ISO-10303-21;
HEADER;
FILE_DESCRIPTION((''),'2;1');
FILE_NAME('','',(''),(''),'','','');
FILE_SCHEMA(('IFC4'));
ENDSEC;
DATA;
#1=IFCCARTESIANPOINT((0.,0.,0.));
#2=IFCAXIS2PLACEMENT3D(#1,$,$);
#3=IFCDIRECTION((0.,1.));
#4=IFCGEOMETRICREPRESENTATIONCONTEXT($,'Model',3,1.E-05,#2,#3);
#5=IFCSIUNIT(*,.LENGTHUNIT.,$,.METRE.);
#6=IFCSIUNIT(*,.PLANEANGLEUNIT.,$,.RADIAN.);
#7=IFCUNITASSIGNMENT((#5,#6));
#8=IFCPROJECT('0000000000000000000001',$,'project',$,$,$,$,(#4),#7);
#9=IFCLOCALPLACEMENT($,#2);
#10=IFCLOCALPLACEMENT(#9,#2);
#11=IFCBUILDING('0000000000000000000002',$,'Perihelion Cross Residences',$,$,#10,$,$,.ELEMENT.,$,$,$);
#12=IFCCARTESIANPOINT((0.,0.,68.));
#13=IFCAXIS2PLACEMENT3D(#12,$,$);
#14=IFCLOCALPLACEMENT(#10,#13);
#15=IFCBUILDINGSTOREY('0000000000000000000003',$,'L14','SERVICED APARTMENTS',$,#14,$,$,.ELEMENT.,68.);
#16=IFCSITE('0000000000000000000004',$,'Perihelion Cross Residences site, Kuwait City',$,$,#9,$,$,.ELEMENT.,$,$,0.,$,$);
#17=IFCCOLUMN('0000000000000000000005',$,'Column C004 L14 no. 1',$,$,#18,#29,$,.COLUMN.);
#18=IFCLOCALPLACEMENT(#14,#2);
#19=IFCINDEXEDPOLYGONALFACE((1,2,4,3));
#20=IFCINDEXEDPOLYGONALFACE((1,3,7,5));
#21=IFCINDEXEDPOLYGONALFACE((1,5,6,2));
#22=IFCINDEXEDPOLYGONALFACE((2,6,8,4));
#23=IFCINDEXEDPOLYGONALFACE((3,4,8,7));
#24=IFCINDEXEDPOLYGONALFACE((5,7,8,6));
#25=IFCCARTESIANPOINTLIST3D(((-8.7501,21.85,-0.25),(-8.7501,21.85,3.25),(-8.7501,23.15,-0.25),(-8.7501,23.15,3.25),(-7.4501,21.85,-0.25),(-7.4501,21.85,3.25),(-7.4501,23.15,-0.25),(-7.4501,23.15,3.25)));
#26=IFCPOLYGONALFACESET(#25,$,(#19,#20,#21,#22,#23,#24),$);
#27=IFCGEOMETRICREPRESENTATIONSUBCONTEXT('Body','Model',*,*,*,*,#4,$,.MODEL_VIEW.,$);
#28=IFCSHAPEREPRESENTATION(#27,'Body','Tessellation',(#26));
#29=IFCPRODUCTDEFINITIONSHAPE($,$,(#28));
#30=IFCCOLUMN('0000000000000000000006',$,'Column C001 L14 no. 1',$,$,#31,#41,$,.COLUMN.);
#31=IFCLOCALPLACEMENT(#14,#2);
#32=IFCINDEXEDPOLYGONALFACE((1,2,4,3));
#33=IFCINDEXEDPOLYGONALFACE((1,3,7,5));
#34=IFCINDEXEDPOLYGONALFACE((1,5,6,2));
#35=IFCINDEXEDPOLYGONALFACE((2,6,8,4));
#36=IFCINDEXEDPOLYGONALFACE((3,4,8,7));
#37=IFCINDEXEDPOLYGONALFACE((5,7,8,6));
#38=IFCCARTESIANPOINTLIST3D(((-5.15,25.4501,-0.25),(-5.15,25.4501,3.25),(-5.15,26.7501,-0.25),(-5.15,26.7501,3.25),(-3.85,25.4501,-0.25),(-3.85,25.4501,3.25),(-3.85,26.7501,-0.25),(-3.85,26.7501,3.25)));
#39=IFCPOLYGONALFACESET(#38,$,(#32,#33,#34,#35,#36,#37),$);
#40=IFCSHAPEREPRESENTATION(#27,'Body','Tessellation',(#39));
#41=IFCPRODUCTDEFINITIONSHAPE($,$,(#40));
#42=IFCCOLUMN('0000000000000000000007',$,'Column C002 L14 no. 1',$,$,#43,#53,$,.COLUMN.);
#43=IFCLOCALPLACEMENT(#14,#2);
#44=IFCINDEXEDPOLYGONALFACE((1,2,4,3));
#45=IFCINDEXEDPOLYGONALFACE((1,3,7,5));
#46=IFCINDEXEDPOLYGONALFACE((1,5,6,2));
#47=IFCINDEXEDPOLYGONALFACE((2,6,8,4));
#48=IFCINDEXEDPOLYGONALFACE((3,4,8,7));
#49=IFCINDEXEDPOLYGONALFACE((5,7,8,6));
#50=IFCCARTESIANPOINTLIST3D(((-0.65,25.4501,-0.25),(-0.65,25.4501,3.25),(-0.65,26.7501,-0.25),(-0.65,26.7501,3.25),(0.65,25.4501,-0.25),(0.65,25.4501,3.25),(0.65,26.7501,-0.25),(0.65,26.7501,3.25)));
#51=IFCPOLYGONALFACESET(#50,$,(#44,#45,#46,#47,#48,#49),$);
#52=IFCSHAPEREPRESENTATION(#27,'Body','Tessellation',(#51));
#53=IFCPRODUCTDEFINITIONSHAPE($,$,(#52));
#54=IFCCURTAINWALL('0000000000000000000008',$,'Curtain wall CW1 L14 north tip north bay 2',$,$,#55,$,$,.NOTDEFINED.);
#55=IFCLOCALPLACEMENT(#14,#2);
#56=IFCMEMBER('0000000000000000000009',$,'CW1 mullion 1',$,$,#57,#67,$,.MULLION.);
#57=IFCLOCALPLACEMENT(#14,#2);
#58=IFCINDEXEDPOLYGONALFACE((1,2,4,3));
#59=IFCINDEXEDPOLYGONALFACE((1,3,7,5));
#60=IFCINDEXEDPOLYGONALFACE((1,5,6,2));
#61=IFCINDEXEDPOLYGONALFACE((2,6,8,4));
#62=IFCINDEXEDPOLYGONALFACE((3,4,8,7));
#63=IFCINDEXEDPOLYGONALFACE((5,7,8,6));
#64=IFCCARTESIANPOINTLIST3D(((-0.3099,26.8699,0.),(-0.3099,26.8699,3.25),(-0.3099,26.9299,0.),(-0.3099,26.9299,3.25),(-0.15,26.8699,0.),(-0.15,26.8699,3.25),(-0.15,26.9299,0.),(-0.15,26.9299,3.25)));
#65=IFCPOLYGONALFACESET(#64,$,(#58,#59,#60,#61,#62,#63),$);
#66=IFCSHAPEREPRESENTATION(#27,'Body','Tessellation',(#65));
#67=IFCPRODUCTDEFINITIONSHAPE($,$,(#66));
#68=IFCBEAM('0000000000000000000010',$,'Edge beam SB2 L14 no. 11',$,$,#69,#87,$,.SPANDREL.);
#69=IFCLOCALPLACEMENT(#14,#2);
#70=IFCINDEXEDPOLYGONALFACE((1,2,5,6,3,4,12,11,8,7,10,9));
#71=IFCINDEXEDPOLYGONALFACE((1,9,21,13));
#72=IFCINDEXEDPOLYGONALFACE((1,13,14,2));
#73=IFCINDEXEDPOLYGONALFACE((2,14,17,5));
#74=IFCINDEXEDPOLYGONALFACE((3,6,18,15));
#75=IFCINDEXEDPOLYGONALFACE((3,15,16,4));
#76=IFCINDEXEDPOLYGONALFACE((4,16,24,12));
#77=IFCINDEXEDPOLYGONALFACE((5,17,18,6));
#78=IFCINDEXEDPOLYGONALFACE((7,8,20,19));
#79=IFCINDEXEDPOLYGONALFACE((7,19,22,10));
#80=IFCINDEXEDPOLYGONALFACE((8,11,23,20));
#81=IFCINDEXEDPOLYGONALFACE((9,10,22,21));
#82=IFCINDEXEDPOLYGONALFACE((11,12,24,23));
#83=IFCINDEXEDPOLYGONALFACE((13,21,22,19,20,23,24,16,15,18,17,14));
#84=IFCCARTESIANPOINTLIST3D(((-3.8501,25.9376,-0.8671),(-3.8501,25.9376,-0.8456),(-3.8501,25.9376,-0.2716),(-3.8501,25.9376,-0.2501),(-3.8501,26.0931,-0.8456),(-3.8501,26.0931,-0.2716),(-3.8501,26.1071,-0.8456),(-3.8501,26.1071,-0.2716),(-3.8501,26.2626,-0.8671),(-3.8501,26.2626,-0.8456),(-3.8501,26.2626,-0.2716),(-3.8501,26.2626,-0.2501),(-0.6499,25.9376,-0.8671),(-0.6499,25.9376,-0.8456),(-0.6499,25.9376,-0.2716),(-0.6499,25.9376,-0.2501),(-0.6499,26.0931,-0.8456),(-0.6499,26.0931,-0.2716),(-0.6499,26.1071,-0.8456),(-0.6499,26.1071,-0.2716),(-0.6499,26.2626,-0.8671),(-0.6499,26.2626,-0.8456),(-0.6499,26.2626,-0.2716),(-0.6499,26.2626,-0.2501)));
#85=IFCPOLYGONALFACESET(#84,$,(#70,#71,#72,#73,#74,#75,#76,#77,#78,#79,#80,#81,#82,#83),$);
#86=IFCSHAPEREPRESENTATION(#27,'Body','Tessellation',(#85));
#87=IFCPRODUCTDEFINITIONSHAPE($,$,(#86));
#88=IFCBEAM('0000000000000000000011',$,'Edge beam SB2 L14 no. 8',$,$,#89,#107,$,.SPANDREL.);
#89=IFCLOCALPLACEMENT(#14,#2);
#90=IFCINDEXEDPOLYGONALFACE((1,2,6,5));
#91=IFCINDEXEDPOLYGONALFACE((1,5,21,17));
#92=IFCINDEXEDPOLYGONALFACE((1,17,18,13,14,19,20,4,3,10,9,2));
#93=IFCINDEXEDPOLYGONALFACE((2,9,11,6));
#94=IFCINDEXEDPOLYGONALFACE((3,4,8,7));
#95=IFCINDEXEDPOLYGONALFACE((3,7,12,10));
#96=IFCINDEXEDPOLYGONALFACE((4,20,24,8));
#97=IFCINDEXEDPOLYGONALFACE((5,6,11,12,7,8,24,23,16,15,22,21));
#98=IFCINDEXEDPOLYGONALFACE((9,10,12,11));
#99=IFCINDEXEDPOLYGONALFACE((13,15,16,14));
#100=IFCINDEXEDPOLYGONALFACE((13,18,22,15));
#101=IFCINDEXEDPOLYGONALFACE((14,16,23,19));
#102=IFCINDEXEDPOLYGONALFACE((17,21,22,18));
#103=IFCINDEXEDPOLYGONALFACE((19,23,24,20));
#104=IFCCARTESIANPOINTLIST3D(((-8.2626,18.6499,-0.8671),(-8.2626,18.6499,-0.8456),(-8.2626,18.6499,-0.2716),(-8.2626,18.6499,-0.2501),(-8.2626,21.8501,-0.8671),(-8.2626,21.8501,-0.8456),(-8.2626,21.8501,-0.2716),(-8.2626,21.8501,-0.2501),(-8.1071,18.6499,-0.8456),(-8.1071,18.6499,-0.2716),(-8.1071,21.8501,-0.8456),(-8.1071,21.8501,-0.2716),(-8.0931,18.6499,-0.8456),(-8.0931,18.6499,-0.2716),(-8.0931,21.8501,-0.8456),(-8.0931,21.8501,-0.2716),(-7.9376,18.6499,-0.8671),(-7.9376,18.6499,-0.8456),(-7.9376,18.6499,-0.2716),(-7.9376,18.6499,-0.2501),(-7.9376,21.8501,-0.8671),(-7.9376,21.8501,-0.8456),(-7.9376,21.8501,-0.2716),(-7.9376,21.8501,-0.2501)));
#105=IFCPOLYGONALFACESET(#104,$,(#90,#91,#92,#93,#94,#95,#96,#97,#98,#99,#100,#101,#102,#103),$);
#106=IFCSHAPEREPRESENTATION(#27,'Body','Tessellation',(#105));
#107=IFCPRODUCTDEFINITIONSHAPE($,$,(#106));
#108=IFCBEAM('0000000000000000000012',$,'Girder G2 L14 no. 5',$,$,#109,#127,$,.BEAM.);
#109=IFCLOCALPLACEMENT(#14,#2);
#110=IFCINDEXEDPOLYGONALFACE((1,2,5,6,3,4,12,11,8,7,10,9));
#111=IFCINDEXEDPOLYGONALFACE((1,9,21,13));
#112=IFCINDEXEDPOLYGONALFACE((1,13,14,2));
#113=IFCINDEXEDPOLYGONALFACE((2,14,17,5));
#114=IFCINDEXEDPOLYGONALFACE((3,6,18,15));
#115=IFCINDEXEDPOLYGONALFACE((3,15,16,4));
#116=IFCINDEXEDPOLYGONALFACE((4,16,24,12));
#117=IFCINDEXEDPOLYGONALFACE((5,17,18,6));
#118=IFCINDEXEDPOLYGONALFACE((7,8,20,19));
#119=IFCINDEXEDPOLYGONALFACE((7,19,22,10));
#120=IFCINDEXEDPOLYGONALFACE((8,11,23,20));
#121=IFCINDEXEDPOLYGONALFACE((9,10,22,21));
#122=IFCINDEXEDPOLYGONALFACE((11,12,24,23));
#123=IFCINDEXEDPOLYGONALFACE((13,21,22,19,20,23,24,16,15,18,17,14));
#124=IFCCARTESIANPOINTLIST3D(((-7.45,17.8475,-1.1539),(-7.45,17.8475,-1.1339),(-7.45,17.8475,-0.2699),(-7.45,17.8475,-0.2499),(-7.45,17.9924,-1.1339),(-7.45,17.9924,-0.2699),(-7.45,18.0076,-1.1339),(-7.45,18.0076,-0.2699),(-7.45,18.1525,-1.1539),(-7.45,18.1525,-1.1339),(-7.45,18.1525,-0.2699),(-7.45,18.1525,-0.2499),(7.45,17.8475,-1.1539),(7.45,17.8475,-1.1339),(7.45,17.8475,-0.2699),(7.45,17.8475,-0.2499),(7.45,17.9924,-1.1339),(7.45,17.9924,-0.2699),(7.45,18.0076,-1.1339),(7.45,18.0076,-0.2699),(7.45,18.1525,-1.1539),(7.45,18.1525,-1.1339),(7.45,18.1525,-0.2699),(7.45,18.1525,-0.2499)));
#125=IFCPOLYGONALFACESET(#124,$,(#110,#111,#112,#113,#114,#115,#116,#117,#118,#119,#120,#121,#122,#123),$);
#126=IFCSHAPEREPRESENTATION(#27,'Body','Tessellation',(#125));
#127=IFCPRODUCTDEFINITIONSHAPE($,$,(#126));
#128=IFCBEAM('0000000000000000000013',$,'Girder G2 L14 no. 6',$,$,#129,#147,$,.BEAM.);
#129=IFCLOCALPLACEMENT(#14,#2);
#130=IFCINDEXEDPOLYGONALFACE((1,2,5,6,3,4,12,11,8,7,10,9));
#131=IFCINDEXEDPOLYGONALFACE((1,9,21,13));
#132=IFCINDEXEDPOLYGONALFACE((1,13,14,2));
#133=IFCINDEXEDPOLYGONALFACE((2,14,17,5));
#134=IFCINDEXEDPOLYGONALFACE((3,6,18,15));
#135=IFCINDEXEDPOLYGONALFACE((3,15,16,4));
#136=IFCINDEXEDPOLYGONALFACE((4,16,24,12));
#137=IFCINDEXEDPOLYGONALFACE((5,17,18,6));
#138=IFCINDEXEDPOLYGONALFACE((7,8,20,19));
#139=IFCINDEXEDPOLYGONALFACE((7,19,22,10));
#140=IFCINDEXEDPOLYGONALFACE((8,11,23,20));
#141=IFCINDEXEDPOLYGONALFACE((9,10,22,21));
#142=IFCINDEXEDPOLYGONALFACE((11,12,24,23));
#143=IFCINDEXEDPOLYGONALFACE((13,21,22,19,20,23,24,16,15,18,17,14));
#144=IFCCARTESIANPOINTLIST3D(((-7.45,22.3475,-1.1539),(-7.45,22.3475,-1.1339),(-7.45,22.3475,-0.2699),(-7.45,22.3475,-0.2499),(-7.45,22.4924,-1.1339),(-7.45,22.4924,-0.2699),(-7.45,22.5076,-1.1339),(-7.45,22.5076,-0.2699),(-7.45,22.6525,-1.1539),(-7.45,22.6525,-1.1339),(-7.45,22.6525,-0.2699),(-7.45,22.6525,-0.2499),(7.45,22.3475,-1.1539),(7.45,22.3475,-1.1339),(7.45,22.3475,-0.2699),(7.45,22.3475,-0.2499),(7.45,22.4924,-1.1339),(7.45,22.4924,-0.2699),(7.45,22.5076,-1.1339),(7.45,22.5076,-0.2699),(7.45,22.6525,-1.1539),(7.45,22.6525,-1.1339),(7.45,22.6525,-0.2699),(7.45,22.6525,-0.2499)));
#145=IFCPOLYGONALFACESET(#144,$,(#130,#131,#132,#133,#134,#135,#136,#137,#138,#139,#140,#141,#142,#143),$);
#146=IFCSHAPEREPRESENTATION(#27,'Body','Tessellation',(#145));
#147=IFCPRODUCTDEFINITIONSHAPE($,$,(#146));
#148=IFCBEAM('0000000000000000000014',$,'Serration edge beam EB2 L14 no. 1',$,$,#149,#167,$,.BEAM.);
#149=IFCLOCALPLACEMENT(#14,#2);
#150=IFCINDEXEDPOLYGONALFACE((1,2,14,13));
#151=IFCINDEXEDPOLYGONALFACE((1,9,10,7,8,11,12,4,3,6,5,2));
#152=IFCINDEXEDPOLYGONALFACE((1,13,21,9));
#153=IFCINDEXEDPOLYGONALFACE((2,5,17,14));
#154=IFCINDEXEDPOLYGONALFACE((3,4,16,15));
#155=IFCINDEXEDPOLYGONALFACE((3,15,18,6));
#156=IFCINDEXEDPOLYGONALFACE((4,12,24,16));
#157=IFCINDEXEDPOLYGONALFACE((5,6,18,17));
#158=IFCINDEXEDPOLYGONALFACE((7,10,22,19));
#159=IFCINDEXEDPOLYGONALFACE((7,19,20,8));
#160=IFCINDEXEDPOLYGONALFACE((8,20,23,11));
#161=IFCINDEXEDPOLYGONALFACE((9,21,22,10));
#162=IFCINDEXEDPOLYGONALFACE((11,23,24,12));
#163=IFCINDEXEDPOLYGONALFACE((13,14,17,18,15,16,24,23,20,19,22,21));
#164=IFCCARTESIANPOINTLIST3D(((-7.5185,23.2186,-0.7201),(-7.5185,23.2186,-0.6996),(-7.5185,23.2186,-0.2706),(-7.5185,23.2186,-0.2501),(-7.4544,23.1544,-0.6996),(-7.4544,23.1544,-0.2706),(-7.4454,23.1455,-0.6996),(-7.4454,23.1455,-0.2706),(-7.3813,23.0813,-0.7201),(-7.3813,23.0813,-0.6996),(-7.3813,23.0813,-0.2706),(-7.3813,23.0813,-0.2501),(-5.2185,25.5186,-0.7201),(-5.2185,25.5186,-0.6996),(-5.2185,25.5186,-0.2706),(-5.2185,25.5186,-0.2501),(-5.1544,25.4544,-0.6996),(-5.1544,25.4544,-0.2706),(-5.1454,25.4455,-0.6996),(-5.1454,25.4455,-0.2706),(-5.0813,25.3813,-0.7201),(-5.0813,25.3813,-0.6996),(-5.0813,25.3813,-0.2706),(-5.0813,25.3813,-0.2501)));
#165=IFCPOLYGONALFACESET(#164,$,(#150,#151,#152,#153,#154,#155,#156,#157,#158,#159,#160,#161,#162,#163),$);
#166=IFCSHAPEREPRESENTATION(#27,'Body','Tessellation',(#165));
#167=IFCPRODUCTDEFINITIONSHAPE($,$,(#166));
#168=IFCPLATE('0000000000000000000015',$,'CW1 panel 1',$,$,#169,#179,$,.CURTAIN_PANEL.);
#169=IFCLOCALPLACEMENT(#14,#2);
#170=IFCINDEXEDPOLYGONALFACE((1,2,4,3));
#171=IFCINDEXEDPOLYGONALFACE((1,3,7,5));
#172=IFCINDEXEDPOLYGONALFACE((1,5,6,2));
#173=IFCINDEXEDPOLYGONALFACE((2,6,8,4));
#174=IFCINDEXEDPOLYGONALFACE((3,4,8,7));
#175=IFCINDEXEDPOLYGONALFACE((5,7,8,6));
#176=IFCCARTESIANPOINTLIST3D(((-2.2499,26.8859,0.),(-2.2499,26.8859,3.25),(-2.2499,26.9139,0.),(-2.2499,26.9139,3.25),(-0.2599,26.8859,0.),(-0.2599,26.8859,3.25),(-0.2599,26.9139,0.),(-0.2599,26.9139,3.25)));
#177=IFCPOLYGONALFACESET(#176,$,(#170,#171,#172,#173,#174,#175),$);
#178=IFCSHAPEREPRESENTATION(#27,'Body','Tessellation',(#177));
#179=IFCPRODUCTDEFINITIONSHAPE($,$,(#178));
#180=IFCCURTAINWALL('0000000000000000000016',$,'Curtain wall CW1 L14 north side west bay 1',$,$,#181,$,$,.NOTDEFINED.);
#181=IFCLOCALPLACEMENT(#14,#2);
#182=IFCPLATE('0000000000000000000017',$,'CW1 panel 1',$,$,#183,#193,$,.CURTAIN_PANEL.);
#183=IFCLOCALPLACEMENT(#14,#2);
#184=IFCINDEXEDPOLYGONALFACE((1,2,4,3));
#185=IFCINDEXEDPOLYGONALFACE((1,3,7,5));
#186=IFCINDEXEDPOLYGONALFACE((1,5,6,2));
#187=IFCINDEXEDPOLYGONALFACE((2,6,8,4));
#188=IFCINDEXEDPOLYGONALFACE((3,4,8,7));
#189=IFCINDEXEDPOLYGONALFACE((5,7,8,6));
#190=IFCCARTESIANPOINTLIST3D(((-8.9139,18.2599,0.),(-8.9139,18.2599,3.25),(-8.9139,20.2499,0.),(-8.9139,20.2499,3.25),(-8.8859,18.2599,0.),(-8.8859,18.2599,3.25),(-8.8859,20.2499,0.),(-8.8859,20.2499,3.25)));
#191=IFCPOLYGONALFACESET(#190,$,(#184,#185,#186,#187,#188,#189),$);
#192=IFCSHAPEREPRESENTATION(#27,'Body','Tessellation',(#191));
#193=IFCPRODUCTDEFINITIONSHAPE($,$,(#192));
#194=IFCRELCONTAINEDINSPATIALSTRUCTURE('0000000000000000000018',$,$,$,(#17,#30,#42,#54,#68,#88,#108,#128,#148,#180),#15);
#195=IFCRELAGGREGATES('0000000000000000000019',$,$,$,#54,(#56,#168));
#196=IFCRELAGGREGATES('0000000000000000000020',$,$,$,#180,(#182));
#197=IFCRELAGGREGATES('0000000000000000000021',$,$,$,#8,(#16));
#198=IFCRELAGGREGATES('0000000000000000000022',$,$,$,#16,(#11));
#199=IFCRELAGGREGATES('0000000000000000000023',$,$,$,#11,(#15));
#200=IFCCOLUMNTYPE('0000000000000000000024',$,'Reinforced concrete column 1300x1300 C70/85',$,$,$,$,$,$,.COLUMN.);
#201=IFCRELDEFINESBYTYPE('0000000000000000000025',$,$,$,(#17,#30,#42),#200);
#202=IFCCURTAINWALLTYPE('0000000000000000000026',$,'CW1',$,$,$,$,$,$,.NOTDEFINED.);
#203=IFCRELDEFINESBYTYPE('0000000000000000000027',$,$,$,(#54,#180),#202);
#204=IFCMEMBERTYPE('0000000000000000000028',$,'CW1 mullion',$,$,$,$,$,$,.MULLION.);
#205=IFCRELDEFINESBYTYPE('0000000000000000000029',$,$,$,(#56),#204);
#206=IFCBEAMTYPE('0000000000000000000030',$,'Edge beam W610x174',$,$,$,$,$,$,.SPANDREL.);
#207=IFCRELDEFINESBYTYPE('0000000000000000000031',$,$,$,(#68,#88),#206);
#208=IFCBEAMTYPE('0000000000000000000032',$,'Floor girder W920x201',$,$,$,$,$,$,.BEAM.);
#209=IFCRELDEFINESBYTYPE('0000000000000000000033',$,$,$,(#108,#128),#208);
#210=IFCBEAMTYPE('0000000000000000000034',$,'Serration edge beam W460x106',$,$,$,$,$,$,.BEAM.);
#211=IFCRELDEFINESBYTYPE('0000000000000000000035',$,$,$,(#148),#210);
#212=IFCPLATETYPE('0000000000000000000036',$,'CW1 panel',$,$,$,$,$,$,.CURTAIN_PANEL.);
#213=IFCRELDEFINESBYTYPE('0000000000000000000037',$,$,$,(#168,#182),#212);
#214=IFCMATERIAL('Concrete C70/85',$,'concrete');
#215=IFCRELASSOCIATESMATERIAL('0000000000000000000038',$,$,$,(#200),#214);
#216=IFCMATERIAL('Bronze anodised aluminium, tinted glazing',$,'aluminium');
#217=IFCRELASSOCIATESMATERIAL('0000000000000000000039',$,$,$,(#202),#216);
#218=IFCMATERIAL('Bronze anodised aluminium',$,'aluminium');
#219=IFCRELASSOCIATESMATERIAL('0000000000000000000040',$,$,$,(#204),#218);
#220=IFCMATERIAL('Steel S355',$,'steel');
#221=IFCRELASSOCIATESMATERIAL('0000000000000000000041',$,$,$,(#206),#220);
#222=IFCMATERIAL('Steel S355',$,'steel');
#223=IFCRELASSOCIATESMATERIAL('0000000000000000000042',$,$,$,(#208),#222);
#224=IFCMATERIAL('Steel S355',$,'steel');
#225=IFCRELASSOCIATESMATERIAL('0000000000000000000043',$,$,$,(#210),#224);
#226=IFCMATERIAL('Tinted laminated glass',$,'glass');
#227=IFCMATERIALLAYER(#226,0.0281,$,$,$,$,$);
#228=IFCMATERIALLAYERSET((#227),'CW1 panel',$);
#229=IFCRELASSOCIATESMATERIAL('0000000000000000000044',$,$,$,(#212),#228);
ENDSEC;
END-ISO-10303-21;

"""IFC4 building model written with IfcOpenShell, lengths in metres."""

from ifc_helpers import new_model, si_unit, direction, frame, origin, origin_2d, place, context, subcontext, project, spatial, rectangle, i_section, extrude, material, layer, layer_set, material_profile, profile_set, type_object, element, aggregate, save


model = new_model("IFC4")

# Units and contexts
model_context = context("Model", 3, precision=1e-05, world=origin(), true_north=direction((0.0, 1.0)))
body_context = subcontext(model_context, "Body", "Model", "MODEL_VIEW")
ifc_project = project(units=[si_unit("LENGTHUNIT", "METRE"), si_unit("PLANEANGLEUNIT", "RADIAN")], contexts=[model_context])

# Site, building, storey
site_placement = place(None, origin())
site = spatial("IfcSite", under=ifc_project, at=site_placement, Name="Perihelion Cross Residences site, Kuwait City", CompositionType="ELEMENT", RefElevation=0.0)
building_placement = place(site_placement, origin())
building = spatial("IfcBuilding", under=site, at=building_placement, Name="Perihelion Cross Residences", CompositionType="ELEMENT")
storey_placement = place(building_placement, frame((0.0, 0.0, 68.0)))
storey = spatial("IfcBuildingStorey", under=building, at=storey_placement, Name="L14", Description="SERVICED APARTMENTS", CompositionType="ELEMENT", Elevation=68.0)

# Columns
ifc_material_1 = material(Name="Concrete C70/85", Category="concrete")
ifc_material_profile_1 = material_profile(ifc_material_1, rectangle(XDim=1.3, YDim=1.3, at=origin_2d()), Name="RC 1300x1300")
ifc_profile_set_1 = profile_set([ifc_material_profile_1], Name="Concrete C70/85")
column_type = type_object("IfcColumnType", Name="Reinforced concrete column 1300x1300 C70/85", PredefinedType="COLUMN", material=ifc_profile_set_1)
for number, where, z_axis, x_axis, name in (
    (1, (-8.1001, 22.5, -0.25), (0.0, 0.0, 1.0), (1.0, 0.0, 0.0), "Column C004 L14 no. 1"),
    (2, (-4.5, 26.1001, -0.25), (0.0, 0.0, 1.0), (1.0, 0.0, 0.0), "Column C001 L14 no. 1"),
    (3, (0.0, 26.1001, -0.25), (0.0, 0.0, 1.0), (1.0, 0.0, 0.0), "Column C002 L14 no. 1"),
):
    element("IfcColumn", number, at=place(storey_placement, frame(where, z_axis=z_axis, x_axis=x_axis)), inside=storey, type_object=column_type, Name=name, PredefinedType="COLUMN", context=body_context, shape_type="SweptSolid", body=[
        extrude(rectangle(XDim=1.3, YDim=1.3, at=origin_2d()), origin(), (0.0, 0.0, 1.0), 3.5),
    ])

# Curtain wall, member
ifc_material_2 = material(Name="Bronze anodised aluminium, tinted glazing", Category="aluminium")
curtain_wall_type = type_object("IfcCurtainWallType", Name="CW1", PredefinedType="NOTDEFINED", material=ifc_material_2)
curtain_wall_1_placement = place(storey_placement, origin())
curtain_wall_1 = element("IfcCurtainWall", 4, at=curtain_wall_1_placement, inside=storey, type_object=curtain_wall_type, Name="Curtain wall CW1 L14 north tip north bay 2", PredefinedType="NOTDEFINED")
ifc_material_3 = material(Name="Bronze anodised aluminium", Category="aluminium")
ifc_material_profile_2 = material_profile(ifc_material_3, rectangle(XDim=0.0601, YDim=0.1599, at=origin_2d()), Name="CW1 mullion")
ifc_profile_set_2 = profile_set([ifc_material_profile_2], Name="Bronze anodised aluminium")
member_type = type_object("IfcMemberType", Name="CW1 mullion", PredefinedType="MULLION", material=ifc_profile_set_2)
member_placement = place(storey_placement, frame((-0.23, 26.8999, 0.0), z_axis=(0.0, 0.0, 1.0), x_axis=(0.0, -1.0, 0.0)))
member = element("IfcMember", 5, at=member_placement, type_object=member_type, Name="CW1 mullion 1", PredefinedType="MULLION", context=body_context, shape_type="SweptSolid", body=[
    extrude(rectangle(XDim=0.0601, YDim=0.1599, at=origin_2d()), origin(), (0.0, 0.0, 1.0), 3.25),
])

# Beams
ifc_material_4 = material(Name="Steel S355", Category="steel")
ifc_material_profile_3 = material_profile(ifc_material_4, i_section(OverallWidth=0.325, OverallDepth=0.6169, WebThickness=0.0139, FlangeThickness=0.0215, at=origin_2d()), Name="W610x174")
ifc_profile_set_3 = profile_set([ifc_material_profile_3], Name="Steel S355")
beam_type_1 = type_object("IfcBeamType", Name="Edge beam W610x174", PredefinedType="SPANDREL", material=ifc_profile_set_3)
for number, where, z_axis, x_axis, name in (
    (6, (-0.6499, 26.1001, -0.5586), (-1.0, 0.0, 0.0), (0.0, -1.0, 0.0), "Edge beam SB2 L14 no. 11"),
    (7, (-8.1001, 21.8501, -0.5586), (0.0, -1.0, 0.0), (1.0, 0.0, 0.0), "Edge beam SB2 L14 no. 8"),
):
    element("IfcBeam", number, at=place(storey_placement, frame(where, z_axis=z_axis, x_axis=x_axis)), inside=storey, type_object=beam_type_1, Name=name, PredefinedType="SPANDREL", context=body_context, shape_type="SweptSolid", body=[
        extrude(i_section(OverallWidth=0.325, OverallDepth=0.6169, WebThickness=0.0139, FlangeThickness=0.0215, at=origin_2d()), origin(), (0.0, 0.0, 1.0), 3.2002),
    ])
ifc_material_5 = material(Name="Steel S355", Category="steel")
ifc_material_profile_4 = material_profile(ifc_material_5, i_section(OverallWidth=0.3049, OverallDepth=0.9041, WebThickness=0.0151, FlangeThickness=0.02, at=origin_2d()), Name="W920x201")
ifc_profile_set_4 = profile_set([ifc_material_profile_4], Name="Steel S355")
beam_type_2 = type_object("IfcBeamType", Name="Floor girder W920x201", PredefinedType="BEAM", material=ifc_profile_set_4)
for number, where, z_axis, x_axis, name in (
    (8, (-7.45, 18.0, -0.7019), (1.0, 0.0, 0.0), (0.0, 1.0, 0.0), "Girder G2 L14 no. 5"),
    (9, (-7.45, 22.5, -0.7019), (1.0, 0.0, 0.0), (0.0, 1.0, 0.0), "Girder G2 L14 no. 6"),
):
    element("IfcBeam", number, at=place(storey_placement, frame(where, z_axis=z_axis, x_axis=x_axis)), inside=storey, type_object=beam_type_2, Name=name, PredefinedType="BEAM", context=body_context, shape_type="SweptSolid", body=[
        extrude(i_section(OverallWidth=0.3049, OverallDepth=0.9041, WebThickness=0.0151, FlangeThickness=0.02, at=origin_2d()), origin(), (0.0, 0.0, 1.0), 14.8999),
    ])
ifc_material_6 = material(Name="Steel S355", Category="steel")
ifc_material_profile_5 = material_profile(ifc_material_6, i_section(OverallWidth=0.1941, OverallDepth=0.47, WebThickness=0.0127, FlangeThickness=0.0205, at=origin_2d()), Name="W460x106")
ifc_profile_set_5 = profile_set([ifc_material_profile_5], Name="Steel S355")
beam_type_3 = type_object("IfcBeamType", Name="Serration edge beam W460x106", PredefinedType="BEAM", material=ifc_profile_set_5)
beam_placement = place(storey_placement, frame((-5.1499, 25.45, -0.4851), z_axis=(-0.707107, -0.707107, 0.0), x_axis=(0.707107, -0.707107, 0.0)))
element("IfcBeam", 10, at=beam_placement, inside=storey, type_object=beam_type_3, Name="Serration edge beam EB2 L14 no. 1", PredefinedType="BEAM", context=body_context, shape_type="SweptSolid", body=[
    extrude(i_section(OverallWidth=0.1941, OverallDepth=0.47, WebThickness=0.0127, FlangeThickness=0.0205, at=origin_2d()), origin(), (0.0, 0.0, 1.0), 3.2527),
])

# Plate
ifc_material_7 = material(Name="Tinted laminated glass", Category="glass")
ifc_layer_1 = layer(ifc_material_7, 0.0281)
ifc_layer_set_1 = layer_set([ifc_layer_1], Name="CW1 panel")
plate_type = type_object("IfcPlateType", Name="CW1 panel", PredefinedType="CURTAIN_PANEL", material=ifc_layer_set_1)
plate_1_placement = place(storey_placement, frame((-1.2549, 26.8999, 0.0), z_axis=(0.0, 0.0, 1.0), x_axis=(-1.0, 0.0, 0.0)))
plate_1 = element("IfcPlate", 11, at=plate_1_placement, type_object=plate_type, Name="CW1 panel 1", PredefinedType="CURTAIN_PANEL", context=body_context, shape_type="SweptSolid", body=[
    extrude(rectangle(XDim=1.99, YDim=0.0281, at=origin_2d()), origin(), (0.0, 0.0, 1.0), 3.25),
])
aggregate(curtain_wall_1, [member, plate_1])

# Curtain wall, plate
curtain_wall_2_placement = place(storey_placement, origin())
curtain_wall_2 = element("IfcCurtainWall", 12, at=curtain_wall_2_placement, inside=storey, type_object=curtain_wall_type, Name="Curtain wall CW1 L14 north side west bay 1", PredefinedType="NOTDEFINED")
plate_2_placement = place(storey_placement, frame((-8.8999, 19.2549, 0.0), z_axis=(0.0, 0.0, 1.0), x_axis=(0.0, -1.0, 0.0)))
plate_2 = element("IfcPlate", 13, at=plate_2_placement, type_object=plate_type, Name="CW1 panel 1", PredefinedType="CURTAIN_PANEL", context=body_context, shape_type="SweptSolid", body=[
    extrude(rectangle(XDim=1.99, YDim=0.0281, at=origin_2d()), origin(), (0.0, 0.0, 1.0), 3.25),
])
aggregate(curtain_wall_2, [plate_2])

save(model, "model.ifc")
